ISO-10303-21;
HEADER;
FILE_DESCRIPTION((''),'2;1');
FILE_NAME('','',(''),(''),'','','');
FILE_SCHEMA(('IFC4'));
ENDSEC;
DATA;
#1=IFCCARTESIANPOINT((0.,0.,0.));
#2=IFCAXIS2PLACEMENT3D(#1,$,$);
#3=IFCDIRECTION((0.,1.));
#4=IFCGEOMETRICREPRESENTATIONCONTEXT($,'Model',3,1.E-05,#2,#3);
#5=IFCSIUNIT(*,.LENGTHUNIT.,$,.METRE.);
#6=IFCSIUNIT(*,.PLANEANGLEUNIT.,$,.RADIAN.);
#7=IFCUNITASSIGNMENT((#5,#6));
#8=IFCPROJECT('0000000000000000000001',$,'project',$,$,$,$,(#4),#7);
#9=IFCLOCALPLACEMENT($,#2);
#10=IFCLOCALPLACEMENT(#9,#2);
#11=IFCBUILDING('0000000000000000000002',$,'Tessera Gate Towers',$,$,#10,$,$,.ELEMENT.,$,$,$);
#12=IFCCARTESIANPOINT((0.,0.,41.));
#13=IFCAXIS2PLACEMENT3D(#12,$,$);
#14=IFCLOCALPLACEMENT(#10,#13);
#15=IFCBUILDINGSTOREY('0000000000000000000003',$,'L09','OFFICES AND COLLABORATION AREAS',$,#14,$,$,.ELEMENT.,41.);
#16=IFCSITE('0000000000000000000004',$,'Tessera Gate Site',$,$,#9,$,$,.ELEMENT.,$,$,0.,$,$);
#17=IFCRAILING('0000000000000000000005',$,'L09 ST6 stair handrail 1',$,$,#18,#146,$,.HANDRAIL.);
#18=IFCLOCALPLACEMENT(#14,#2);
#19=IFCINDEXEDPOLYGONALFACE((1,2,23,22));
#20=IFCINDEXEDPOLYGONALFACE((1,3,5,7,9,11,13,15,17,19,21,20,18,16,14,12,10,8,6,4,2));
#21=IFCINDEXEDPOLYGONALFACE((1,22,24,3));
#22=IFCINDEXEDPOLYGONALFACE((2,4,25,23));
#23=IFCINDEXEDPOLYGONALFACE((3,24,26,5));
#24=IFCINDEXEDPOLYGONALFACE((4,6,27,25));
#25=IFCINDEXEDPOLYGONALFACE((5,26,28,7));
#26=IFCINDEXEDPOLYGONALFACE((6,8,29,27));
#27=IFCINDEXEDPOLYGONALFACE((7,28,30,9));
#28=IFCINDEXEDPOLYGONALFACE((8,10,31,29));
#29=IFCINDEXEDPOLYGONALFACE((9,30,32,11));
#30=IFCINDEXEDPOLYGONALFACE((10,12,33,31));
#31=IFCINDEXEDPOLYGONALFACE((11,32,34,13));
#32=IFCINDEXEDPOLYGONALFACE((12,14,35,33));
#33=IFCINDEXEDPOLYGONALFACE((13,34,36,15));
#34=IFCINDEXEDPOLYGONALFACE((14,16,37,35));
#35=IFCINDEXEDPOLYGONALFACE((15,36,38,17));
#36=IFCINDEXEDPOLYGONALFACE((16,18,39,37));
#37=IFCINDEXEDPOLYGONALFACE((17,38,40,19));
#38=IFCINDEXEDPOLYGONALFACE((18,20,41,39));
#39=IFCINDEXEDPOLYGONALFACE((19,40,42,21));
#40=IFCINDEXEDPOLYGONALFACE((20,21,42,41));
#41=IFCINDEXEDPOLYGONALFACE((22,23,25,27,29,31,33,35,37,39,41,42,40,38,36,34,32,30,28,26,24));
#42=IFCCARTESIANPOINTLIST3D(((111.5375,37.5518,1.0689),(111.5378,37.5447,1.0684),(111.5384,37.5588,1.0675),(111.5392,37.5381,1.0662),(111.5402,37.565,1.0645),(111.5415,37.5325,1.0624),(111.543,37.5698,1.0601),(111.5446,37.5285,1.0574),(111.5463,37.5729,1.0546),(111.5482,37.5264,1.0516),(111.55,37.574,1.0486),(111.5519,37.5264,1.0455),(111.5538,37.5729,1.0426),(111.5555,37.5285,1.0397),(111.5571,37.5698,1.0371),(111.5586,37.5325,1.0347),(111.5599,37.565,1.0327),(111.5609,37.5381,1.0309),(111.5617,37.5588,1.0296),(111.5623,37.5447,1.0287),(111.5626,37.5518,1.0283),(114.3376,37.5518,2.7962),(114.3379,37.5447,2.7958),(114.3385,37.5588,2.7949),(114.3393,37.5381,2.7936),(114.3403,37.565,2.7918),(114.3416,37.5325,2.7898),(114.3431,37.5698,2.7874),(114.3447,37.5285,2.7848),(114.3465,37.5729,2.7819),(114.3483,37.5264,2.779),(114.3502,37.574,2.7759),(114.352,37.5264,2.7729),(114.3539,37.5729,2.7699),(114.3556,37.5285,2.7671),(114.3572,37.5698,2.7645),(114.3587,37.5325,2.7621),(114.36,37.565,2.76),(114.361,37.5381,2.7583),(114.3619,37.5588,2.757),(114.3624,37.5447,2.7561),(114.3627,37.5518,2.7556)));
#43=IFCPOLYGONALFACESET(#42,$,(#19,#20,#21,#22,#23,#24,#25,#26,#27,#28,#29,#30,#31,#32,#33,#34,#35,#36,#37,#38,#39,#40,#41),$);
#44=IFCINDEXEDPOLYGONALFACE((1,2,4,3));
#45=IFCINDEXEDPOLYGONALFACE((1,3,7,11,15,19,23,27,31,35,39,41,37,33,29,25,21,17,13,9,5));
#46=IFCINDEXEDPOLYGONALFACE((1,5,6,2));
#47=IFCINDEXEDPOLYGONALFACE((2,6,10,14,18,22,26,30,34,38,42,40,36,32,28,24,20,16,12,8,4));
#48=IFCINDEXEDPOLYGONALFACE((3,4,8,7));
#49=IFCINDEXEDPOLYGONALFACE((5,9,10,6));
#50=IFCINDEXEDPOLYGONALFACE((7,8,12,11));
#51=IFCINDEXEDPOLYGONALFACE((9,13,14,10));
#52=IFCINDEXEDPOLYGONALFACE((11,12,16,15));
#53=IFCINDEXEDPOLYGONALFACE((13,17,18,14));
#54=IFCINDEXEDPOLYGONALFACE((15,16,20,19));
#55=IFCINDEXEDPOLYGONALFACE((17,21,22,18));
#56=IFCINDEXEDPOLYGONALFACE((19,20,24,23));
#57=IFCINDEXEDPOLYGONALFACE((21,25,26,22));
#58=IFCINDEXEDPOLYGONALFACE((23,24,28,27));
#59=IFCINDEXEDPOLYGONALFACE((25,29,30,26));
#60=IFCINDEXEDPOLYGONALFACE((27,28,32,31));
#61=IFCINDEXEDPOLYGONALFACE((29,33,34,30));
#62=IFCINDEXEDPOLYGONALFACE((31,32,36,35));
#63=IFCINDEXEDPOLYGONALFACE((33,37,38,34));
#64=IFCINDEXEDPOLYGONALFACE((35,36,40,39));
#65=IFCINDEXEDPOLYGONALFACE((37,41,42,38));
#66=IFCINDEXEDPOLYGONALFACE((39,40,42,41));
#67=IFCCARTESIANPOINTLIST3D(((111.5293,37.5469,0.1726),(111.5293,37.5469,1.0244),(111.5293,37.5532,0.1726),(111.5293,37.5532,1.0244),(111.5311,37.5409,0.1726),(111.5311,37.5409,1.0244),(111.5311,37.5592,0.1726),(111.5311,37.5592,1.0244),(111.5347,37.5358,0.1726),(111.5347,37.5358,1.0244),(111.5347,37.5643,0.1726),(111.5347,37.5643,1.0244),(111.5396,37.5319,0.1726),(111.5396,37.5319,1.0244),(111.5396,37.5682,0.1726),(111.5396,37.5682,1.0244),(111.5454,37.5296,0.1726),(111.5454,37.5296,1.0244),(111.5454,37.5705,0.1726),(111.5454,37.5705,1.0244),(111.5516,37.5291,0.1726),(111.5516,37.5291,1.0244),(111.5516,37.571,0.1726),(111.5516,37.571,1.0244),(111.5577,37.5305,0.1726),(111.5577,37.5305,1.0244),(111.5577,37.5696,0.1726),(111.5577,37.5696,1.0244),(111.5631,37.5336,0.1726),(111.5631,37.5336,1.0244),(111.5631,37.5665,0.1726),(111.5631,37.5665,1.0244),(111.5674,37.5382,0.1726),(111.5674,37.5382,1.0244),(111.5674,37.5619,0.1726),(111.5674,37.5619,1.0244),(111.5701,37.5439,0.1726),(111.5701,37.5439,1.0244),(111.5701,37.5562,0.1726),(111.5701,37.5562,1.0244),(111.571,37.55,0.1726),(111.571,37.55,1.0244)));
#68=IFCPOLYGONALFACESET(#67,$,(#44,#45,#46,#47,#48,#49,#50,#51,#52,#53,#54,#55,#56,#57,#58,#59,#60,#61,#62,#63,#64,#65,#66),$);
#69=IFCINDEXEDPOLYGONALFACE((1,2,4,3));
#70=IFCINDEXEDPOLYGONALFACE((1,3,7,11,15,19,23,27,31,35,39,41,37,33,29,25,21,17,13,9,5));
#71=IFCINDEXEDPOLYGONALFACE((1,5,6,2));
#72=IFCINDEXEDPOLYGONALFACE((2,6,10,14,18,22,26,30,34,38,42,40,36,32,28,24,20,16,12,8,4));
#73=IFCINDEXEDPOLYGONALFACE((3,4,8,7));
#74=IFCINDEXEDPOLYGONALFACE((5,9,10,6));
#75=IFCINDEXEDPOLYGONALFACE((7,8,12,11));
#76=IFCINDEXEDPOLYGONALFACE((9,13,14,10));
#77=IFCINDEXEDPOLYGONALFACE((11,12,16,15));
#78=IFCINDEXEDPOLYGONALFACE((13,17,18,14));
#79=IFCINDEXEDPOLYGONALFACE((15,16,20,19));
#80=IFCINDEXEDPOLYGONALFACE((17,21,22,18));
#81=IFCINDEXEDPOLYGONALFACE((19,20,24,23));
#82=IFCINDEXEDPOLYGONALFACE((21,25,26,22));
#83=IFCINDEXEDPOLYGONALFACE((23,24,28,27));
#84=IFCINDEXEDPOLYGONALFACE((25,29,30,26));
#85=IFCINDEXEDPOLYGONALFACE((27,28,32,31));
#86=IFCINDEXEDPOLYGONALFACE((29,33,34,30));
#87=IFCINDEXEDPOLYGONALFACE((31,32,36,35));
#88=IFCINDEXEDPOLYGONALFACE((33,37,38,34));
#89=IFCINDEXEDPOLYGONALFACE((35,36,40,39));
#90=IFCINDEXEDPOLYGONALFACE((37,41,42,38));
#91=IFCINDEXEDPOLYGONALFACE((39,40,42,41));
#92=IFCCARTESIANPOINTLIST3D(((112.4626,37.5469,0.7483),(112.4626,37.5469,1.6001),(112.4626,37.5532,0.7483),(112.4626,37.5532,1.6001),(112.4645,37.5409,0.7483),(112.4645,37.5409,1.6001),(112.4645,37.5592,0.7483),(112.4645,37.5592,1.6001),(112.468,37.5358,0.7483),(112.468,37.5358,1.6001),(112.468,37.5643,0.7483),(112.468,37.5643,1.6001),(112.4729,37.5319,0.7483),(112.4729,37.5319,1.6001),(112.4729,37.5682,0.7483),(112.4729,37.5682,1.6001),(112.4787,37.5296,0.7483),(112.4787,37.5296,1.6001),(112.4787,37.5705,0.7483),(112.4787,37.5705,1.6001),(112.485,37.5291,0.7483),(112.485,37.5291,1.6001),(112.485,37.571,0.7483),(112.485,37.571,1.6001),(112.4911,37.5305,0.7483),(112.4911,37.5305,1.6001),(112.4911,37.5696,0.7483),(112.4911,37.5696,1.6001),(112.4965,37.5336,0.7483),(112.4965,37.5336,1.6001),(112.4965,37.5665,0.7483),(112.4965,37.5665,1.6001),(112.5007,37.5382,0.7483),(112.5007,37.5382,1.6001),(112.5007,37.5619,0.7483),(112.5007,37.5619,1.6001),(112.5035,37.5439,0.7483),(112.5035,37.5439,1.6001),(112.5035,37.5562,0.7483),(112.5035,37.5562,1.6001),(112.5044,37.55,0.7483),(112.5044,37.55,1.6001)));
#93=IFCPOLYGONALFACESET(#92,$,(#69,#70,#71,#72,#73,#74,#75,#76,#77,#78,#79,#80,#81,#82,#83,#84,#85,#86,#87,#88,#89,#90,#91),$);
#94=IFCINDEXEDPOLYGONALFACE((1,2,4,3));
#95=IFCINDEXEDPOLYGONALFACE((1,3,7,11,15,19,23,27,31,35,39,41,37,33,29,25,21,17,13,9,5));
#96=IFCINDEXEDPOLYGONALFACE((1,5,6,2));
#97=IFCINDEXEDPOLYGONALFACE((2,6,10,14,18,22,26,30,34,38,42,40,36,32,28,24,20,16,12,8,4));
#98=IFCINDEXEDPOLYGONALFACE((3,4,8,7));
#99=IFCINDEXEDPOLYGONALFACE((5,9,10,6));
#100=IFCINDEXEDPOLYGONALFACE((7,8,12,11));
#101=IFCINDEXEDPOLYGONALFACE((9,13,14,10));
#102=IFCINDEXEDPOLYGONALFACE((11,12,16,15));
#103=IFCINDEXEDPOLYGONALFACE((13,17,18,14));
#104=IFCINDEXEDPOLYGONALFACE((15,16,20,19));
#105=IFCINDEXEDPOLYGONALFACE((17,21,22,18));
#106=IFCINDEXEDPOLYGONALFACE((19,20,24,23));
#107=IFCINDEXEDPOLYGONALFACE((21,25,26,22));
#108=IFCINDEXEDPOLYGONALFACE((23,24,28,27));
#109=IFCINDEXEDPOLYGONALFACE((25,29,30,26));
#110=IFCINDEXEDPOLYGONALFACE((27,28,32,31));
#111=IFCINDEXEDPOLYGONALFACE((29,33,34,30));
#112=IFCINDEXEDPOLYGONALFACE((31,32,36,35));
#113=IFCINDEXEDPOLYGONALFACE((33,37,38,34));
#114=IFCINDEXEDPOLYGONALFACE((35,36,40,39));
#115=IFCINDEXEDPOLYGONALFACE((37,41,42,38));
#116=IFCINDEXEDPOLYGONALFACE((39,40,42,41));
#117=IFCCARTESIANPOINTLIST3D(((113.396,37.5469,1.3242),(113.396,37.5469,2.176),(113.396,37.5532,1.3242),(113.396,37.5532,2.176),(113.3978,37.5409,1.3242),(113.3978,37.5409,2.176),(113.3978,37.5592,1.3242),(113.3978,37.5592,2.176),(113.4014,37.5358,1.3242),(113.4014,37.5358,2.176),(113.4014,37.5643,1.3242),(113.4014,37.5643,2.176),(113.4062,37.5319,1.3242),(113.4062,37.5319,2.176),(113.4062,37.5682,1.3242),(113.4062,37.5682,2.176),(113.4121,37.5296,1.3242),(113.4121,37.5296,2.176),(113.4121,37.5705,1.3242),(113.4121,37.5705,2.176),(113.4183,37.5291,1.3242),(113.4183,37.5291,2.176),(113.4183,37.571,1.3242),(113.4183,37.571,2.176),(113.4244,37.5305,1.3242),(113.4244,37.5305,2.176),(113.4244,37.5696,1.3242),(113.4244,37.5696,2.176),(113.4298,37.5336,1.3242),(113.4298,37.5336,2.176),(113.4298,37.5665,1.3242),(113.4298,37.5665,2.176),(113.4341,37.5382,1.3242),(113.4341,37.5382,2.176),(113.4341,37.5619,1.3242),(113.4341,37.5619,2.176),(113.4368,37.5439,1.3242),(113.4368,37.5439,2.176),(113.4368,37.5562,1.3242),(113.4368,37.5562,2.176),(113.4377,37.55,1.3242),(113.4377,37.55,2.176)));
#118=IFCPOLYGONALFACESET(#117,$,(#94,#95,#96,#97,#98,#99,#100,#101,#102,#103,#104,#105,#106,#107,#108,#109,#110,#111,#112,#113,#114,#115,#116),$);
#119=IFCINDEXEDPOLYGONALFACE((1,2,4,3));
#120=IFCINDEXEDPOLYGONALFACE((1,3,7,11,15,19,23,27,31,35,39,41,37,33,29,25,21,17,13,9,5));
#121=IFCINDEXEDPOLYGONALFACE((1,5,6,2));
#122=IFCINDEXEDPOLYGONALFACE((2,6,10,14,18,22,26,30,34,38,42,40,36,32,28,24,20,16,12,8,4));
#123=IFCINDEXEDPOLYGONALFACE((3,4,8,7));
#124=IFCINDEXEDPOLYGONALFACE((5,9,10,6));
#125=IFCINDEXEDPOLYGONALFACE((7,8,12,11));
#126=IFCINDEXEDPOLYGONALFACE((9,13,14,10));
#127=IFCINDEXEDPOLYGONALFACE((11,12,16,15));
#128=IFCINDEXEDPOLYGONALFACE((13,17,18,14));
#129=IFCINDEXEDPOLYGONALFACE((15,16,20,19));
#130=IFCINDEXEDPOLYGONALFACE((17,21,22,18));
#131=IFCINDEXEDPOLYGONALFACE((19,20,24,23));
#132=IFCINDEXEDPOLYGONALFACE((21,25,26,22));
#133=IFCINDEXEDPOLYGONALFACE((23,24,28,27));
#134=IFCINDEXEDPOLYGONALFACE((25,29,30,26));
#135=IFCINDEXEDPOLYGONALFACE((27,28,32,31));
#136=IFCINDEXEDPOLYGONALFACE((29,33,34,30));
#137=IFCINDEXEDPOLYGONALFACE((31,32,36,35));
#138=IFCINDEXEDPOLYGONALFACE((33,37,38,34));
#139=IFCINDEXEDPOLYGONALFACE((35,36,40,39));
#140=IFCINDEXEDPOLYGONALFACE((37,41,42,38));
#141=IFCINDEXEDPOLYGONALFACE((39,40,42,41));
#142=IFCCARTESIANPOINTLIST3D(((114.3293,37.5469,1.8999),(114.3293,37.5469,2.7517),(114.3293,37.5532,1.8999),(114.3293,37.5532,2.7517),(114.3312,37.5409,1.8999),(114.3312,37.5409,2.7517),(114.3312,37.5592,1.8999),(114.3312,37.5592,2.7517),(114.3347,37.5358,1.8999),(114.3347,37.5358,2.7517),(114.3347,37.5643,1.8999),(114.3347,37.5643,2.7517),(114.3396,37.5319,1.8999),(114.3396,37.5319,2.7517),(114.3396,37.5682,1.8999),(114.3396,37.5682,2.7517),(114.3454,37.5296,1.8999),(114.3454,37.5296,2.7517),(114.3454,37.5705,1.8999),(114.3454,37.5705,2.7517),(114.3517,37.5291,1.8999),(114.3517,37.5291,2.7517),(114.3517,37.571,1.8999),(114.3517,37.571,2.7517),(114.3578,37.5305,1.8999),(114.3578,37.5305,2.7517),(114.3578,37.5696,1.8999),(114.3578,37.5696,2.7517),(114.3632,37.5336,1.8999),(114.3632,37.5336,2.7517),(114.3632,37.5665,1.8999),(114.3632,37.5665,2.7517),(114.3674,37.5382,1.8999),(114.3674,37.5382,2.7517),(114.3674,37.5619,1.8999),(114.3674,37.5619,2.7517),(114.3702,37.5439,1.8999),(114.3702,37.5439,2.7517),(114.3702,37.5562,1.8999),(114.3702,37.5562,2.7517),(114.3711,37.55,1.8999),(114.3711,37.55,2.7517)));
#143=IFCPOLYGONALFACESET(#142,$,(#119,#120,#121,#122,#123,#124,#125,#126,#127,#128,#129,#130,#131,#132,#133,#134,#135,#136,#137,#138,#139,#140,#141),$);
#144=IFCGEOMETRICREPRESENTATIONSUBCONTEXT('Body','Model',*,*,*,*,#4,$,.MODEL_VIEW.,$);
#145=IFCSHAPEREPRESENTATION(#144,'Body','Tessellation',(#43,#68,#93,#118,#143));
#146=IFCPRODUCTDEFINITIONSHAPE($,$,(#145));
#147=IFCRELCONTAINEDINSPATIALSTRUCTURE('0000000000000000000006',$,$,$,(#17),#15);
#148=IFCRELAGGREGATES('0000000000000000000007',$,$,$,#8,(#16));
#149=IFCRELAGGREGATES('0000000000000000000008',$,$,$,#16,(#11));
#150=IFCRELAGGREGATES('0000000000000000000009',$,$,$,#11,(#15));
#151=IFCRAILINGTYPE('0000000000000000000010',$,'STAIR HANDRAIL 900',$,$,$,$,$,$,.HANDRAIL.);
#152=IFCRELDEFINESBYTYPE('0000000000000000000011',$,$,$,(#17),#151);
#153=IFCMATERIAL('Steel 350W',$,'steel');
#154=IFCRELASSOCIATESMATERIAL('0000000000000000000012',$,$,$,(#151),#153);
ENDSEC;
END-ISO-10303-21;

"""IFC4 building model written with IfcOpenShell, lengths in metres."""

from ifc_helpers import new_model, si_unit, direction, frame, origin, origin_2d, place, context, subcontext, project, spatial, circle, extrude, material, type_object, element, save


model = new_model("IFC4")

# Units and contexts
model_context = context("Model", 3, precision=1e-05, world=origin(), true_north=direction((0.0, 1.0)))
body_context = subcontext(model_context, "Body", "Model", "MODEL_VIEW")
ifc_project = project(units=[si_unit("LENGTHUNIT", "METRE"), si_unit("PLANEANGLEUNIT", "RADIAN")], contexts=[model_context])

# Site, building, storey
site_placement = place(None, origin())
site = spatial("IfcSite", under=ifc_project, at=site_placement, Name="Tessera Gate Site", CompositionType="ELEMENT", RefElevation=0.0)
building_placement = place(site_placement, origin())
building = spatial("IfcBuilding", under=site, at=building_placement, Name="Tessera Gate Towers", CompositionType="ELEMENT")
storey_placement = place(building_placement, frame((0.0, 0.0, 41.0)))
storey = spatial("IfcBuildingStorey", under=building, at=storey_placement, Name="L09", Description="OFFICES AND COLLABORATION AREAS", CompositionType="ELEMENT", Elevation=41.0)

# Railing
ifc_material_1 = material(Name="Steel 350W", Category="steel")
railing_type = type_object("IfcRailingType", Name="STAIR HANDRAIL 900", PredefinedType="HANDRAIL", material=ifc_material_1)
railing_placement = place(storey_placement, frame((111.55, 37.55, 0.1726)))
element("IfcRailing", 1, at=railing_placement, inside=storey, type_object=railing_type, Name="L09 ST6 stair handrail 1", PredefinedType="HANDRAIL", context=body_context, shape_type="SweptSolid", body=[
    extrude(circle(Radius=0.0239, at=origin_2d()), frame((0.0, 0.0, 0.876), z_axis=(0.85109, 0.0, 0.52502), x_axis=(0.0, 1.0, 0.0)), (0.0, 0.0, 1.0), 3.29),
    extrude(circle(Radius=0.021, at=origin_2d()), origin(), (0.0, 0.0, 1.0), 0.8518),
    extrude(circle(Radius=0.021, at=origin_2d()), frame((0.9333, 0.0, 0.5757)), (0.0, 0.0, 1.0), 0.8518),
    extrude(circle(Radius=0.021, at=origin_2d()), frame((1.8667, 0.0, 1.1516)), (0.0, 0.0, 1.0), 0.8518),
    extrude(circle(Radius=0.021, at=origin_2d()), frame((2.8, 0.0, 1.7273)), (0.0, 0.0, 1.0), 0.8518),
])

save(model, "model.ifc")
